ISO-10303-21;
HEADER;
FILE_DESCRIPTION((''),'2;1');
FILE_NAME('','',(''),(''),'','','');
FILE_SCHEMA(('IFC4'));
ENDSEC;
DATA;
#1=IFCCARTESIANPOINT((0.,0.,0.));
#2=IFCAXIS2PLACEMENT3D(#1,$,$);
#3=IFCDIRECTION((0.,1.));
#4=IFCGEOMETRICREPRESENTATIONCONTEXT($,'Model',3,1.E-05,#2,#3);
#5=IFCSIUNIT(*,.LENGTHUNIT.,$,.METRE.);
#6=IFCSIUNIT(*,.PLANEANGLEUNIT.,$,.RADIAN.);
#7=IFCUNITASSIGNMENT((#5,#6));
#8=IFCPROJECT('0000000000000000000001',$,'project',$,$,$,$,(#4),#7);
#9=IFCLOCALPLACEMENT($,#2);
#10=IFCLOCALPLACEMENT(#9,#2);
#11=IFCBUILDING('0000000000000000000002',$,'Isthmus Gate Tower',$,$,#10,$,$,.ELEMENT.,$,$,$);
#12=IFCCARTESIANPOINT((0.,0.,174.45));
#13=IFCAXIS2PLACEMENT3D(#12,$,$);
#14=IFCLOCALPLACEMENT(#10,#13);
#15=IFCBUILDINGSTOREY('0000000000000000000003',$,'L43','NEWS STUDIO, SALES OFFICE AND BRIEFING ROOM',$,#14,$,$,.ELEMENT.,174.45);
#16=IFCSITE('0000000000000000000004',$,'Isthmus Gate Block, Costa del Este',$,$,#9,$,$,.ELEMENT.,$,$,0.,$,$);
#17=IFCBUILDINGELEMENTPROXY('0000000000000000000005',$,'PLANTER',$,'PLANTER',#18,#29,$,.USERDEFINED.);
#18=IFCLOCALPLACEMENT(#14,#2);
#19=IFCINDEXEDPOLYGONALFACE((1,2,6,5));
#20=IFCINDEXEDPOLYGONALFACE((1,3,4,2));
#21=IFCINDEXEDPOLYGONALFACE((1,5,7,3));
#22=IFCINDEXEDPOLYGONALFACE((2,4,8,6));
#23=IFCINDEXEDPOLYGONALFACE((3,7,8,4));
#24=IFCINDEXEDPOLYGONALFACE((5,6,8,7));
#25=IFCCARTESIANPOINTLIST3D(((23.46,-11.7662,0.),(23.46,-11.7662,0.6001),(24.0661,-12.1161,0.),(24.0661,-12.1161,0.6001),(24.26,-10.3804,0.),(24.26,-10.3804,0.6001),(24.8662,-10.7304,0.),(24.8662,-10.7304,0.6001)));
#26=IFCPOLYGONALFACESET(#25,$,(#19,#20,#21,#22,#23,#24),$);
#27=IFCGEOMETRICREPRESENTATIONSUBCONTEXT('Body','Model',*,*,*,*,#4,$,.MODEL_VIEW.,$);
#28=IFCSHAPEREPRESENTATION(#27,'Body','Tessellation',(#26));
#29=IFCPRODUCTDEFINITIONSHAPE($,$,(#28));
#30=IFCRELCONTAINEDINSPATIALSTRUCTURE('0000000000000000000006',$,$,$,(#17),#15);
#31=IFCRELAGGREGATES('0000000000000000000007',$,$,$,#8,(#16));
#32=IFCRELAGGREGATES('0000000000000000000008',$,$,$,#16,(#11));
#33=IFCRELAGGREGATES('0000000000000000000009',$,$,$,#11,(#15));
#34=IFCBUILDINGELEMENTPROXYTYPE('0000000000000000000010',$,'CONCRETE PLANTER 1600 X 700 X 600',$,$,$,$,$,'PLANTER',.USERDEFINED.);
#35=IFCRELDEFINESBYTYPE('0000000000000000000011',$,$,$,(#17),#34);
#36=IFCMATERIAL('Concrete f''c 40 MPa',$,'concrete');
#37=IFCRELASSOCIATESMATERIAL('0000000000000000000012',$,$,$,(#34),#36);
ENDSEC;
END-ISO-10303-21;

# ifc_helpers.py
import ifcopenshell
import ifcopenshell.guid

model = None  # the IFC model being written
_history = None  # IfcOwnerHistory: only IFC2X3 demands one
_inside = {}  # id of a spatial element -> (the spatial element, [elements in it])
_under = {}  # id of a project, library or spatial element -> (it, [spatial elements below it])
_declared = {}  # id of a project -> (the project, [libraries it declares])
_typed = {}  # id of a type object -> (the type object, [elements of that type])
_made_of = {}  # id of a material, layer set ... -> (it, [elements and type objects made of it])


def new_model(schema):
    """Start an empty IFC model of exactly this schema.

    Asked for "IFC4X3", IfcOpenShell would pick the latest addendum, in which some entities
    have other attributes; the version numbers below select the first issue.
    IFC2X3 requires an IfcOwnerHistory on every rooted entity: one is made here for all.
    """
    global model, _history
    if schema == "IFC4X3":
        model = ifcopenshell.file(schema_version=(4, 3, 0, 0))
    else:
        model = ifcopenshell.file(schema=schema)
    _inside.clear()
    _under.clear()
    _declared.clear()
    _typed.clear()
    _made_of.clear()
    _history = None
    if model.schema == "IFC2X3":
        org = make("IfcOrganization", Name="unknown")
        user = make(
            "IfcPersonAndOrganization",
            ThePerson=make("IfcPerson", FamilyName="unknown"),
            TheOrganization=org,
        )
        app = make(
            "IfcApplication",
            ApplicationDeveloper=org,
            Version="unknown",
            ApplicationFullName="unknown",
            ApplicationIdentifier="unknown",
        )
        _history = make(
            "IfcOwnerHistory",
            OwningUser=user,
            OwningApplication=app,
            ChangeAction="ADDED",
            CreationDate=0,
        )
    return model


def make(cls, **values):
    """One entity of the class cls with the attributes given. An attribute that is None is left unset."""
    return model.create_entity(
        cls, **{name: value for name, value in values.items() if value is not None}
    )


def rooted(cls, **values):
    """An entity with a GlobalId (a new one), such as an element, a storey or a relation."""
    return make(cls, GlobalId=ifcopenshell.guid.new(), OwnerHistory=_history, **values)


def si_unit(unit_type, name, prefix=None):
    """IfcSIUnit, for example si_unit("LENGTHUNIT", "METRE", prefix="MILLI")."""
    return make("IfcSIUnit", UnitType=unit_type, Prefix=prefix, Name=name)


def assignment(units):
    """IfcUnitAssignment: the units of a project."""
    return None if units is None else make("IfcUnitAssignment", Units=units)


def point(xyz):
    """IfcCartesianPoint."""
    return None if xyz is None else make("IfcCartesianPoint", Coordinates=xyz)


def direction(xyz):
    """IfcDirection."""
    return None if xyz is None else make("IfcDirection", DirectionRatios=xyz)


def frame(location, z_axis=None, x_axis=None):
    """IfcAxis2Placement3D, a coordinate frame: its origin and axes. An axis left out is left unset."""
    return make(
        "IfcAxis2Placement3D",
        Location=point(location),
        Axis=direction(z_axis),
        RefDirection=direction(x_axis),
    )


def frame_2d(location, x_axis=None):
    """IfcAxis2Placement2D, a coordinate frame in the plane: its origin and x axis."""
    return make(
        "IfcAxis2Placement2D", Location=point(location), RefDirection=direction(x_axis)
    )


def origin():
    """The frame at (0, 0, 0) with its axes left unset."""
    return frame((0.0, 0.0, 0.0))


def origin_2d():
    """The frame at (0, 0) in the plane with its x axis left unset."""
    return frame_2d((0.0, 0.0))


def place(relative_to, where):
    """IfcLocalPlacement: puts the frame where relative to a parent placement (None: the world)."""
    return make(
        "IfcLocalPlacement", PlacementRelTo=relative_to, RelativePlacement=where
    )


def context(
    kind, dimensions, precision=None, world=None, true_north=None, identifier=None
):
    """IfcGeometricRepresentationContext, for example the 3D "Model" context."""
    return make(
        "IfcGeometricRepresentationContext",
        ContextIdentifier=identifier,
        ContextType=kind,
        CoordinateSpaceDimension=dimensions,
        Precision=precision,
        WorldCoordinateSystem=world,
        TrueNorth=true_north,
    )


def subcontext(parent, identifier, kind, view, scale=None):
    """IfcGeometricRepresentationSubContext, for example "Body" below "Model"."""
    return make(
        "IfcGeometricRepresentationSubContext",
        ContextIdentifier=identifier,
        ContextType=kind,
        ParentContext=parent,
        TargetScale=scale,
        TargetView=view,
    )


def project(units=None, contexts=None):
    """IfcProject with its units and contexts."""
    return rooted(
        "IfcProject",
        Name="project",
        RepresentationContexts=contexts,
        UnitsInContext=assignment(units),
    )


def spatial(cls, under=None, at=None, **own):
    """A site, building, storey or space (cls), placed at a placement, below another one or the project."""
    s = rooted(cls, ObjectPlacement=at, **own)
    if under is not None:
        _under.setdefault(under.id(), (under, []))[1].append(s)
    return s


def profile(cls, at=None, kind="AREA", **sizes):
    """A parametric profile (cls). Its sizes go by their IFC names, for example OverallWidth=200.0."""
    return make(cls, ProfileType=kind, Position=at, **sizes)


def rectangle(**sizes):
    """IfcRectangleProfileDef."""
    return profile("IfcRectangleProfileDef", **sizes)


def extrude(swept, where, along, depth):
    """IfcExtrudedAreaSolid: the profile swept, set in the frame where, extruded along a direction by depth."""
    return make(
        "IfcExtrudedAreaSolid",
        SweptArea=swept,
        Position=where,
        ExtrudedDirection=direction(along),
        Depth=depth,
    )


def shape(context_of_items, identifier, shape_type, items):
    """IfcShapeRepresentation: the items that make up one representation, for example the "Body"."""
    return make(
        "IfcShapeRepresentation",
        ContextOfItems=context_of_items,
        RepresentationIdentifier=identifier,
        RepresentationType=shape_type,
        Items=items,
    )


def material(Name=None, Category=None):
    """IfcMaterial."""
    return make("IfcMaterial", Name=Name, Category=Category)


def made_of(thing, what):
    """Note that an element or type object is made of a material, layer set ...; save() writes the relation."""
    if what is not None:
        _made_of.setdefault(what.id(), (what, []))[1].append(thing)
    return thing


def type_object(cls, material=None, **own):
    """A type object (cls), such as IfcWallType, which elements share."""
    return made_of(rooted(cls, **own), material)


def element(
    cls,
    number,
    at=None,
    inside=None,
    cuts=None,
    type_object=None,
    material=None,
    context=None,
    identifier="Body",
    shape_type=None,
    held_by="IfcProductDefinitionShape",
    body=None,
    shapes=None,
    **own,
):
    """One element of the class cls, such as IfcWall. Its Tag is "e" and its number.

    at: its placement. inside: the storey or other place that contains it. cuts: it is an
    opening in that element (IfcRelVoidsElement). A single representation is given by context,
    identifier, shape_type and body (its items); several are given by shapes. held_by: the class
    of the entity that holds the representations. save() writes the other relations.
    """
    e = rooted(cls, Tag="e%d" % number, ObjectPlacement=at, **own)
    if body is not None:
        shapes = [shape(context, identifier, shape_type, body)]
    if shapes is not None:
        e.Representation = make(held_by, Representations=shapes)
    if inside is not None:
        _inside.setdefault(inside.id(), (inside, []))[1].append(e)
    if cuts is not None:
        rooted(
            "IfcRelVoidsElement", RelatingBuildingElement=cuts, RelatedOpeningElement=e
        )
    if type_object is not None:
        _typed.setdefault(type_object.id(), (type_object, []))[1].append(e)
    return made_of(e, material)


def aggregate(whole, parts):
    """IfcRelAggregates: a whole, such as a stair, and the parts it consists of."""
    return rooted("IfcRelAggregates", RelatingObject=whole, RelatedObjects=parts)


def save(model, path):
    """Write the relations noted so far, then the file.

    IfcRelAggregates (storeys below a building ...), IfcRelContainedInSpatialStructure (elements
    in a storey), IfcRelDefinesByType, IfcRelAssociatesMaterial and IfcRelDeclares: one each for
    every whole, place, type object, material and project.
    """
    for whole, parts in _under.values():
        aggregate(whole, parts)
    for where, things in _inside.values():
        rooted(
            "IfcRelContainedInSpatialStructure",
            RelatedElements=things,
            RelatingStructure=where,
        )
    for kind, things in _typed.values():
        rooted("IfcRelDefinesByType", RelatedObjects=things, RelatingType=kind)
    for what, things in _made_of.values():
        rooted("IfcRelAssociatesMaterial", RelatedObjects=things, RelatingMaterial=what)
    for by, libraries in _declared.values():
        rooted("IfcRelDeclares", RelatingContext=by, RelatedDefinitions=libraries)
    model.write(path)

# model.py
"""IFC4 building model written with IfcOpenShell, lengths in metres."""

from ifc_helpers import new_model, si_unit, direction, frame, origin, origin_2d, place, context, subcontext, project, spatial, rectangle, extrude, material, type_object, element, save


model = new_model("IFC4")

# Units and contexts
model_context = context("Model", 3, precision=1e-05, world=origin(), true_north=direction((0.0, 1.0)))
body_context = subcontext(model_context, "Body", "Model", "MODEL_VIEW")
ifc_project = project(units=[si_unit("LENGTHUNIT", "METRE"), si_unit("PLANEANGLEUNIT", "RADIAN")], contexts=[model_context])

# Site, building, storey
site_placement = place(None, origin())
site = spatial("IfcSite", under=ifc_project, at=site_placement, Name="Isthmus Gate Block, Costa del Este", CompositionType="ELEMENT", RefElevation=0.0)
building_placement = place(site_placement, origin())
building = spatial("IfcBuilding", under=site, at=building_placement, Name="Isthmus Gate Tower", CompositionType="ELEMENT")
storey_placement = place(building_placement, frame((0.0, 0.0, 174.45)))
storey = spatial("IfcBuildingStorey", under=building, at=storey_placement, Name="L43", Description="NEWS STUDIO, SALES OFFICE AND BRIEFING ROOM", CompositionType="ELEMENT", Elevation=174.45)

# Building element proxy
ifc_material_1 = material(Name="Concrete f'c 40 MPa", Category="concrete")
building_element_proxy_type = type_object("IfcBuildingElementProxyType", Name="CONCRETE PLANTER 1600 X 700 X 600", ElementType="PLANTER", PredefinedType="USERDEFINED", material=ifc_material_1)
for number, where, z_axis, x_axis, name in (
    (1, (24.1631, -11.2483, 0.0), (0.0, 0.0, 1.0), (0.5, 0.866025, 0.0), "PLANTER"),
):
    element("IfcBuildingElementProxy", number, at=place(storey_placement, frame(where, z_axis=z_axis, x_axis=x_axis)), inside=storey, type_object=building_element_proxy_type, Name=name, ObjectType="PLANTER", PredefinedType="USERDEFINED", context=body_context, shape_type="SweptSolid", body=[
        extrude(rectangle(XDim=1.6001, YDim=0.7, at=origin_2d()), origin(), (0.0, 0.0, 1.0), 0.6001),
    ])

save(model, "model.ifc")
